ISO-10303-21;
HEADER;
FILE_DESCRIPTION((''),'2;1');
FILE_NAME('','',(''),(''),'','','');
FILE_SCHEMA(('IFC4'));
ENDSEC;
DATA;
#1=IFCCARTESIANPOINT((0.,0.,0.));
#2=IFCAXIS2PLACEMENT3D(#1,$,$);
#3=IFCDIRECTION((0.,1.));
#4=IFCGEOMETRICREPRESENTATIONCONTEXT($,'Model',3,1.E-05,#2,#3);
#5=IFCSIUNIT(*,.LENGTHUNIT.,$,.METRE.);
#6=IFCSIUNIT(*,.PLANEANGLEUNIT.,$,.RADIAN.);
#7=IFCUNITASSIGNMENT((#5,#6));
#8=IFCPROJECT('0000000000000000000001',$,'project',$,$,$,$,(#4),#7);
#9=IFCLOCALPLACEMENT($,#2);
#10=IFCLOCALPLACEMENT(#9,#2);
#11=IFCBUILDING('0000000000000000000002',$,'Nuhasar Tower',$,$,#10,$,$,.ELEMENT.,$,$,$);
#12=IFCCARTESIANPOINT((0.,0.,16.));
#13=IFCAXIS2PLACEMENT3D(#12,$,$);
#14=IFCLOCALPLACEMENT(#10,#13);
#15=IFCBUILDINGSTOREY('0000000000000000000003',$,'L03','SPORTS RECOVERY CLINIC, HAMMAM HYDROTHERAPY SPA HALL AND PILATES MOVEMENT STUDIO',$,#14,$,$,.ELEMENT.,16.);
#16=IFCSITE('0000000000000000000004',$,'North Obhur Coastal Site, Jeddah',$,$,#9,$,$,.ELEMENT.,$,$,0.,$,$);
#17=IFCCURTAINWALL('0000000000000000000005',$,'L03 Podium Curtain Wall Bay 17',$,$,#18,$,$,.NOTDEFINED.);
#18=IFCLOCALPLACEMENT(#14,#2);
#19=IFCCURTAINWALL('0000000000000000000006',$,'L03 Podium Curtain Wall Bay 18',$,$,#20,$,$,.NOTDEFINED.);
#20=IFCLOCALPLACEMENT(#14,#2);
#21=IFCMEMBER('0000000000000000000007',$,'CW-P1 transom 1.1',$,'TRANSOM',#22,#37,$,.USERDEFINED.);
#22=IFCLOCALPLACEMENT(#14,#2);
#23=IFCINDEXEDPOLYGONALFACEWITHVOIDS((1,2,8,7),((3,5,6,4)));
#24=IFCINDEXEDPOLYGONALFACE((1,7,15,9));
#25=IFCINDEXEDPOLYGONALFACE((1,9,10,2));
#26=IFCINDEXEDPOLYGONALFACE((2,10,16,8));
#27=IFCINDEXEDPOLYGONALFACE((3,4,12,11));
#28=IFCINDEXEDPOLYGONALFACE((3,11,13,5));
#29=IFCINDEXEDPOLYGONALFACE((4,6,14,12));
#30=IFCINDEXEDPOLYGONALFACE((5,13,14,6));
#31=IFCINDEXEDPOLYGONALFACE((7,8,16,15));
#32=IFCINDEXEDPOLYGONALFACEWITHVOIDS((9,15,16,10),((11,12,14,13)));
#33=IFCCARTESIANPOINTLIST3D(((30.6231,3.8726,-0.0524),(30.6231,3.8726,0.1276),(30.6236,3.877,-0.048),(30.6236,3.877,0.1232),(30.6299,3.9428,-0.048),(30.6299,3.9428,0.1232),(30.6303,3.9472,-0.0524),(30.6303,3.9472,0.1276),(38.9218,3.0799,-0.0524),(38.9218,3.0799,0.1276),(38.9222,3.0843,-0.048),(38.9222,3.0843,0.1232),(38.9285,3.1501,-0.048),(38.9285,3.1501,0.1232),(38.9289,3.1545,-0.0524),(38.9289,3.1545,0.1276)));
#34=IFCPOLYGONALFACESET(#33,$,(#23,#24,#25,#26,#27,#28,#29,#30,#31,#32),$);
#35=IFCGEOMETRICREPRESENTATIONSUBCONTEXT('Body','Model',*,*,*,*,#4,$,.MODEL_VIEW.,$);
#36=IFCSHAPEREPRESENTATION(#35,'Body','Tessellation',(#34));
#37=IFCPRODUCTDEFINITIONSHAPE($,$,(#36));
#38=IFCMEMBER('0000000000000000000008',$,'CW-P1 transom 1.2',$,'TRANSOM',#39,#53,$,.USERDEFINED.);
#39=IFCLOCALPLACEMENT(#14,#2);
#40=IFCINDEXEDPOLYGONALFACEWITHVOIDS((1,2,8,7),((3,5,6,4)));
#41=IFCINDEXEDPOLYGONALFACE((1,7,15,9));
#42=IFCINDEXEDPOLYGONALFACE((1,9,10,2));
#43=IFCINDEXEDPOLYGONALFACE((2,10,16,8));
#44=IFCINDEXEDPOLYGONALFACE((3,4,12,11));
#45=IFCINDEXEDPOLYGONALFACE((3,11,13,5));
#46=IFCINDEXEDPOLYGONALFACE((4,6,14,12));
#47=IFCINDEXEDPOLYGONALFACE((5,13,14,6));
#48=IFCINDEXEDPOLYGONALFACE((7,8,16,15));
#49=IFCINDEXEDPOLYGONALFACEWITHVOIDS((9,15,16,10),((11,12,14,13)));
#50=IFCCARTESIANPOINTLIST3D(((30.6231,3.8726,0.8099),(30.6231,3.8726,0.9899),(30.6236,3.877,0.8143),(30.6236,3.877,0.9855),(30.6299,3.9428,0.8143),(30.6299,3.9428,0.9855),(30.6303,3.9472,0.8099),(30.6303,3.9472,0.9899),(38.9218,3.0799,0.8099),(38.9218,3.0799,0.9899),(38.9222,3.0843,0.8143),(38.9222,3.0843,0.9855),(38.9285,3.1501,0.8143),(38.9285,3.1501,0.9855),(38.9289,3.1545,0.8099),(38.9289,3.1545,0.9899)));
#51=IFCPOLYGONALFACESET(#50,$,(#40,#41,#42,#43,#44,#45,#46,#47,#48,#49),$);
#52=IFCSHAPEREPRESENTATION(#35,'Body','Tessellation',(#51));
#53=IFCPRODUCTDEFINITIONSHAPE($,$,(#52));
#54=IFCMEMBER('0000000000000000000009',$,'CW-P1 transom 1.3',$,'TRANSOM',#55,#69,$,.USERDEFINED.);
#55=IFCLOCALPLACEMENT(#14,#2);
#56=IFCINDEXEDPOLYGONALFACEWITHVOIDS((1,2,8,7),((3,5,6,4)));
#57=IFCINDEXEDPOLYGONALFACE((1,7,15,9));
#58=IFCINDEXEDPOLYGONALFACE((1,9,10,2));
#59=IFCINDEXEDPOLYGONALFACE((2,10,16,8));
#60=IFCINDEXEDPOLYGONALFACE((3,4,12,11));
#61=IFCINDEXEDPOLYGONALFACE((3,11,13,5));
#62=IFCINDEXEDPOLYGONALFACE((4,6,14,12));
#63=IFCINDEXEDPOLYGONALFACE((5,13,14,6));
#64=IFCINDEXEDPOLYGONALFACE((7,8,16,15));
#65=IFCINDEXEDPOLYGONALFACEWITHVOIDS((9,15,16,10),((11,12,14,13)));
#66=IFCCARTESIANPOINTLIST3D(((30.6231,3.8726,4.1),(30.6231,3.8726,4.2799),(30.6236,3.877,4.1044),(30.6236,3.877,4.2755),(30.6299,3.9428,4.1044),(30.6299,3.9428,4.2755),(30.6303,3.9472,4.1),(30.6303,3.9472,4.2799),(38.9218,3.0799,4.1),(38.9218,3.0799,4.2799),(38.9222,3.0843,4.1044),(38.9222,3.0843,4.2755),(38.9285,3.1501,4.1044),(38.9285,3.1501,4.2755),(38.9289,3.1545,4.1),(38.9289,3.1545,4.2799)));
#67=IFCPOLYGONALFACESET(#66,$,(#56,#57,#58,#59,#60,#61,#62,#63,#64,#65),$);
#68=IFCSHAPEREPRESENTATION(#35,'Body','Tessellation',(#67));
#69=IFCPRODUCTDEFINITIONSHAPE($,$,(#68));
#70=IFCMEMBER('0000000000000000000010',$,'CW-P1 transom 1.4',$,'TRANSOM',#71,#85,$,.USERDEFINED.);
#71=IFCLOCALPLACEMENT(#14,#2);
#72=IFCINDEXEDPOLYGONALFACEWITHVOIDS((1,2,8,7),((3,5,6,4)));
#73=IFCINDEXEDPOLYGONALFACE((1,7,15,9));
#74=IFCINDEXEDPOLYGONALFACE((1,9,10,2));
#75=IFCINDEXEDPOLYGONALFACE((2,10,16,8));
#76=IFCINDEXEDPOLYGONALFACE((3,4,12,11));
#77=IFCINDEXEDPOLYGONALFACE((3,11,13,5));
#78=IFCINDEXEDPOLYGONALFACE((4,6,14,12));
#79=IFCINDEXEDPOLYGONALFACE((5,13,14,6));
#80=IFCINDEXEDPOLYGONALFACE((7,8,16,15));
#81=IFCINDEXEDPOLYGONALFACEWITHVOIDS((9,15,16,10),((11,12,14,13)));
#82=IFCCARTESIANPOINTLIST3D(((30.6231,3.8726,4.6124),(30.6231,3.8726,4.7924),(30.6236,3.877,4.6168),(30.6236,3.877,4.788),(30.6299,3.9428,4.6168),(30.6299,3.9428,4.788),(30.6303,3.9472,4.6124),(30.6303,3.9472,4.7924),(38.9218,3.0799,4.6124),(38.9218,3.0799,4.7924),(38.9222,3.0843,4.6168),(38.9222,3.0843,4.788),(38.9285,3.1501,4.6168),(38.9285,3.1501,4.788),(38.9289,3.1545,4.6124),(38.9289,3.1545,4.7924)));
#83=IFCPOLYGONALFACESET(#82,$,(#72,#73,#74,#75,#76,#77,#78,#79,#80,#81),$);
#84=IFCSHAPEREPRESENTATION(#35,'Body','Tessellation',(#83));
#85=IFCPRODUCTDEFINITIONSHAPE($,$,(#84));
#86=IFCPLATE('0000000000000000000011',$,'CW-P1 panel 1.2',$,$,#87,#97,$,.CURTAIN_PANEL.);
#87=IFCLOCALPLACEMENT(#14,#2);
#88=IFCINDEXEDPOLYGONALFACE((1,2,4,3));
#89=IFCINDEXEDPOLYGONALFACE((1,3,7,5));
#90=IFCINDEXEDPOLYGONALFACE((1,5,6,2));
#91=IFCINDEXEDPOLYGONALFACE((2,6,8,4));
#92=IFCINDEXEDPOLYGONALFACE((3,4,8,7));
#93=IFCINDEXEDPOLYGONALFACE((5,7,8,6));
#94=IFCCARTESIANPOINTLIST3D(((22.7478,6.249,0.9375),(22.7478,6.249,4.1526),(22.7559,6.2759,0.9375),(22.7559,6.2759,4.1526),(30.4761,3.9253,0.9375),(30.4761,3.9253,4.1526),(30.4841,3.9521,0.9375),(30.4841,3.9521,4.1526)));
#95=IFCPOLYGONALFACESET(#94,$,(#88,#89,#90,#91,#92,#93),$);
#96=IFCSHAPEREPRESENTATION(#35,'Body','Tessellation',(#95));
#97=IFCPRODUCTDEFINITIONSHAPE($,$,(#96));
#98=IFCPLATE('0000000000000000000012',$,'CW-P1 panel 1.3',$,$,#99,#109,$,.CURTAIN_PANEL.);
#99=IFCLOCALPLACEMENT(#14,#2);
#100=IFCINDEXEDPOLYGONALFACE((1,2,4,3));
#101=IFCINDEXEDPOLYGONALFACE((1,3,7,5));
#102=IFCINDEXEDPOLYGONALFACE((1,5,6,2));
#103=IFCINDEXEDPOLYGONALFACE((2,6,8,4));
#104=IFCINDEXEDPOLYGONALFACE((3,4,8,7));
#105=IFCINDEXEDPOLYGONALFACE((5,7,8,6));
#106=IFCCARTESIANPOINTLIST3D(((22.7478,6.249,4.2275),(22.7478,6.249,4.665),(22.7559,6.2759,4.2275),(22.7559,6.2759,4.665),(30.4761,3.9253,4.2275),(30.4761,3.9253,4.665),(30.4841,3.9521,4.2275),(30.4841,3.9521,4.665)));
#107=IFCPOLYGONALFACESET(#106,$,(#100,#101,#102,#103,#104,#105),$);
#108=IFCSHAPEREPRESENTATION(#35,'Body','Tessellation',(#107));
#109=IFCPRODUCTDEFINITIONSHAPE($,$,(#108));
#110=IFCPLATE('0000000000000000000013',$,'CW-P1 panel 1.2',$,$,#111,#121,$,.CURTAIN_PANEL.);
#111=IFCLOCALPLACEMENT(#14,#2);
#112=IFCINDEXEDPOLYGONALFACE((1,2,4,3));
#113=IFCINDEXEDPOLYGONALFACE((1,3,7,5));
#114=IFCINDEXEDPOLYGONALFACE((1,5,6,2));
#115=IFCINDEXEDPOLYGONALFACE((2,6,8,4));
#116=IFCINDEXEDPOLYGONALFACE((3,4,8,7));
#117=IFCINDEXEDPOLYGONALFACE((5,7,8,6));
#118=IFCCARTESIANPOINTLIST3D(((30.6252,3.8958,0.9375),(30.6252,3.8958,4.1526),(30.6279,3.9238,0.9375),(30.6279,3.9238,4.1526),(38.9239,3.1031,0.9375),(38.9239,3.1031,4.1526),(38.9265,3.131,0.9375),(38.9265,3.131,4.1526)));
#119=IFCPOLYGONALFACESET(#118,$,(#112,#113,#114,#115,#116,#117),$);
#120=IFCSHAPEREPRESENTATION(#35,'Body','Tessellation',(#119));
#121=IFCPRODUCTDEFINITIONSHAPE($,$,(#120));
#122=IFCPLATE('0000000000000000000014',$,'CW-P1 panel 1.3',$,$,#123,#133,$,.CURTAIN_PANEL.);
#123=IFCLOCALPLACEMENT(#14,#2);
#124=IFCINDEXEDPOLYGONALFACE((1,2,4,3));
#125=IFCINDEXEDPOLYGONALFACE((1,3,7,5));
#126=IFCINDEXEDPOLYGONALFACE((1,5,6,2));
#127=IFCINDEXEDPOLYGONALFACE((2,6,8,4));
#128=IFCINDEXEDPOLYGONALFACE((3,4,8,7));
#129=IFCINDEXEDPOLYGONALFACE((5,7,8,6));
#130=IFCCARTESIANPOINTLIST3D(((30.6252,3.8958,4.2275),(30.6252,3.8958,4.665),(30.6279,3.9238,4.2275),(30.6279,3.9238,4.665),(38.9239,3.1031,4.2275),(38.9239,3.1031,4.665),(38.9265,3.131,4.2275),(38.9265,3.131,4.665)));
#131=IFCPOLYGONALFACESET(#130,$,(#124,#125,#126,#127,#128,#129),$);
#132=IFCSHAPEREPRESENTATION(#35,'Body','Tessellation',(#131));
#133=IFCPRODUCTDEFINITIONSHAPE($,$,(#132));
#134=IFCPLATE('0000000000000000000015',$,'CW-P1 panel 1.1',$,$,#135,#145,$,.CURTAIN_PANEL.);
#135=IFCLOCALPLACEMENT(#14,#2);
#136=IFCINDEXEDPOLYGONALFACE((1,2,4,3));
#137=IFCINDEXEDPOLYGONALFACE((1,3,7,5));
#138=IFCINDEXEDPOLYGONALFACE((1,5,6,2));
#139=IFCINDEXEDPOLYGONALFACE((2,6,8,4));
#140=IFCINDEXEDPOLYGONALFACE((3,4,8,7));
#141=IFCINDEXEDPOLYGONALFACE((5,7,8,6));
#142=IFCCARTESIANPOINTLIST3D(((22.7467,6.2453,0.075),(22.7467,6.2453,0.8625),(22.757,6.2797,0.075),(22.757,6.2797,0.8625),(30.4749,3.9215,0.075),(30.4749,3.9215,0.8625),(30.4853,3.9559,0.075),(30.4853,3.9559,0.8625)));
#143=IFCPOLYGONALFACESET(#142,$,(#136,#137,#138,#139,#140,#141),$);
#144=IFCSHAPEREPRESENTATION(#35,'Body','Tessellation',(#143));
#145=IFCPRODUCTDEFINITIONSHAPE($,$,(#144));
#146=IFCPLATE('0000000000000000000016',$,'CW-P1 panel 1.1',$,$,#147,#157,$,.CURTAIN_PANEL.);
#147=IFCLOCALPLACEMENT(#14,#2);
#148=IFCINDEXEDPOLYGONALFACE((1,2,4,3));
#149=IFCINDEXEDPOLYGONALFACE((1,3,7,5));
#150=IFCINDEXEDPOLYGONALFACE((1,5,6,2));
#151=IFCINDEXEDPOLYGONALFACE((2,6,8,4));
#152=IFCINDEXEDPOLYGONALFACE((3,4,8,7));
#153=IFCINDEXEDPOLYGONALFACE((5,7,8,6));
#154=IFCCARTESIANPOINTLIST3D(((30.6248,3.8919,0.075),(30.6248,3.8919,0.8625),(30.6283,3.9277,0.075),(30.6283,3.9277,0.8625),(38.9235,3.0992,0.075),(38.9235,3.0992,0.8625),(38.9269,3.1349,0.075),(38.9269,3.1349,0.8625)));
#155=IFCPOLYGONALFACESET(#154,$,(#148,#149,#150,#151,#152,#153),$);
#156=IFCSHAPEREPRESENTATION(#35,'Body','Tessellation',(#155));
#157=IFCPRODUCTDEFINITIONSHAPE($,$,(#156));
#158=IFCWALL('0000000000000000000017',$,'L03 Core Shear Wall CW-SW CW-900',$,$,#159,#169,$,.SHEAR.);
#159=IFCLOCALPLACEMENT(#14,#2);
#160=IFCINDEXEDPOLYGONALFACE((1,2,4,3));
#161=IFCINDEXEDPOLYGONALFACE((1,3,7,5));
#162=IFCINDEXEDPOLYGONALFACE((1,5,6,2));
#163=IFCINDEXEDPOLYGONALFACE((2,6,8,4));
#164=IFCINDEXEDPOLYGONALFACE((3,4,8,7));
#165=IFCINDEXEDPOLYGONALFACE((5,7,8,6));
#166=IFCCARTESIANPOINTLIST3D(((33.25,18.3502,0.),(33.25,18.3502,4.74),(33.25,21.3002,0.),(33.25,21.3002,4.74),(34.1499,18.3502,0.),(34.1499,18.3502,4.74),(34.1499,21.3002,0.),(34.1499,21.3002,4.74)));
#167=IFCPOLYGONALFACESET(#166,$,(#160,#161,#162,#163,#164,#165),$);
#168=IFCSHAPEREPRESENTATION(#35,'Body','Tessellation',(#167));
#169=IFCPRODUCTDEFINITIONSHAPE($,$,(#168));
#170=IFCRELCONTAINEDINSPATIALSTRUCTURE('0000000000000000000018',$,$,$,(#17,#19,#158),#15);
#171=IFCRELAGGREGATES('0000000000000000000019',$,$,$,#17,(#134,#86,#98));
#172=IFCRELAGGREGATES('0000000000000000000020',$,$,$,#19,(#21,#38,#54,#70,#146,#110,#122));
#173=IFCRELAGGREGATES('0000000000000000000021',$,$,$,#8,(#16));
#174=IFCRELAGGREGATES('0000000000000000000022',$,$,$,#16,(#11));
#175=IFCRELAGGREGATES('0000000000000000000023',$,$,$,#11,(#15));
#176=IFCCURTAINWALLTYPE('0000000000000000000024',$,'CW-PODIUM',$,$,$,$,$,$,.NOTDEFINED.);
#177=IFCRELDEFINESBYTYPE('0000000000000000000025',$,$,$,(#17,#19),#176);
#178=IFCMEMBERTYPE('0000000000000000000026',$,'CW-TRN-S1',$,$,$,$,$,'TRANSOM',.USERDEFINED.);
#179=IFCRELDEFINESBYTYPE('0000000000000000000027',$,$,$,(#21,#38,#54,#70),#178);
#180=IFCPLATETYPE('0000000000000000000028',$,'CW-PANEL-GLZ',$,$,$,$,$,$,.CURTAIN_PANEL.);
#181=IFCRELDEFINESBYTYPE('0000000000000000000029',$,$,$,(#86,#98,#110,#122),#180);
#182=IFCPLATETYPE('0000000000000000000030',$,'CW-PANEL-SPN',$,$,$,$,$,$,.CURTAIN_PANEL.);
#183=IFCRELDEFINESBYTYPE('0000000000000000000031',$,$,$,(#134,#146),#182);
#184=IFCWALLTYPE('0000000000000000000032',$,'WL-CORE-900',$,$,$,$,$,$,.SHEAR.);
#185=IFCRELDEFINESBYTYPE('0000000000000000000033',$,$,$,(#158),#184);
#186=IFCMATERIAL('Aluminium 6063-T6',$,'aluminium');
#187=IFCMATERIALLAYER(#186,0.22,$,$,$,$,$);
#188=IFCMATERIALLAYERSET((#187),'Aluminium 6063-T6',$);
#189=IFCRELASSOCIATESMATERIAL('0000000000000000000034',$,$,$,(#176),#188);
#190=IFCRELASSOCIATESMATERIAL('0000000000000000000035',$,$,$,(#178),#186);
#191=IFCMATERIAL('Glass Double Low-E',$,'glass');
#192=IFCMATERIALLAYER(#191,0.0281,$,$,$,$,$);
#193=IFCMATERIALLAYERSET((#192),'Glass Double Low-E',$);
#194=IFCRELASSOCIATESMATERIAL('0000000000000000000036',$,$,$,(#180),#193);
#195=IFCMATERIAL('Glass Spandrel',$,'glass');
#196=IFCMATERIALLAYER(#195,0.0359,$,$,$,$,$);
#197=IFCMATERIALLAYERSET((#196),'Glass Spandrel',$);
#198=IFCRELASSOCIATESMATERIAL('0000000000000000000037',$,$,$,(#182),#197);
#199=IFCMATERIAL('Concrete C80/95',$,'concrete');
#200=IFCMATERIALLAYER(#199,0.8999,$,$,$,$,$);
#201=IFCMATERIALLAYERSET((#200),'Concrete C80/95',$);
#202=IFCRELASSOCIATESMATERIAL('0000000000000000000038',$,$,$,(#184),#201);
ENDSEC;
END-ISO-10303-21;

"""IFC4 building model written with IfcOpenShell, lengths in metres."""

from ifc_helpers import new_model, si_unit, direction, frame, frame_2d, origin, origin_2d, place, context, subcontext, project, spatial, rectangle, hollow_rectangle, extrude, material, layer, layer_set, material_profile, profile_set, type_object, element, aggregate, save


model = new_model("IFC4")

# Units and contexts
model_context = context("Model", 3, precision=1e-05, world=origin(), true_north=direction((0.0, 1.0)))
body_context = subcontext(model_context, "Body", "Model", "MODEL_VIEW")
ifc_project = project(units=[si_unit("LENGTHUNIT", "METRE"), si_unit("PLANEANGLEUNIT", "RADIAN")], contexts=[model_context])

# Site, building, storey
site_placement = place(None, origin())
site = spatial("IfcSite", under=ifc_project, at=site_placement, Name="North Obhur Coastal Site, Jeddah", CompositionType="ELEMENT", RefElevation=0.0)
building_placement = place(site_placement, origin())
building = spatial("IfcBuilding", under=site, at=building_placement, Name="Nuhasar Tower", CompositionType="ELEMENT")
storey_placement = place(building_placement, frame((0.0, 0.0, 16.0)))
storey = spatial("IfcBuildingStorey", under=building, at=storey_placement, Name="L03", Description="SPORTS RECOVERY CLINIC, HAMMAM HYDROTHERAPY SPA HALL AND PILATES MOVEMENT STUDIO", CompositionType="ELEMENT", Elevation=16.0)

# Curtain wall
ifc_material_1 = material(Name="Aluminium 6063-T6", Category="aluminium")
ifc_layer_1 = layer(ifc_material_1, 0.22)
ifc_layer_set_1 = layer_set([ifc_layer_1], Name="Aluminium 6063-T6")
curtain_wall_type = type_object("IfcCurtainWallType", Name="CW-PODIUM", PredefinedType="NOTDEFINED", material=ifc_layer_set_1)
curtain_wall_1_placement = place(storey_placement, origin())
curtain_wall_1 = element("IfcCurtainWall", 1, at=curtain_wall_1_placement, inside=storey, type_object=curtain_wall_type, Name="L03 Podium Curtain Wall Bay 17", PredefinedType="NOTDEFINED")

# Curtain wall, members
curtain_wall_2_placement = place(storey_placement, origin())
curtain_wall_2 = element("IfcCurtainWall", 2, at=curtain_wall_2_placement, inside=storey, type_object=curtain_wall_type, Name="L03 Podium Curtain Wall Bay 18", PredefinedType="NOTDEFINED")
ifc_material_profile_1 = material_profile(ifc_material_1, hollow_rectangle(XDim=0.075, YDim=0.1799, WallThickness=0.0044, at=origin_2d()), Name="CWT-1")
ifc_profile_set_1 = profile_set([ifc_material_profile_1], Name="Aluminium 6063-T6")
member_type_1 = type_object("IfcMemberType", Name="CW-TRN-S1", ElementType="TRANSOM", PredefinedType="USERDEFINED", material=ifc_profile_set_1)
member_1_placement = place(storey_placement, frame((30.6267, 3.9099, 0.0376), z_axis=(0.995468, -0.095092, 0.0), x_axis=(0.095092, 0.995468, 0.0)))
member_1 = element("IfcMember", 3, at=member_1_placement, type_object=member_type_1, Name="CW-P1 transom 1.1", ObjectType="TRANSOM", PredefinedType="USERDEFINED", context=body_context, shape_type="SweptSolid", body=[
    extrude(hollow_rectangle(XDim=0.075, YDim=0.1799, WallThickness=0.0044, at=origin_2d()), origin(), (0.0, 0.0, 1.0), 8.3364),
])
member_2_placement = place(storey_placement, frame((30.6267, 3.9099, 0.8999), z_axis=(0.995468, -0.095092, 0.0), x_axis=(0.095092, 0.995468, 0.0)))
member_2 = element("IfcMember", 4, at=member_2_placement, type_object=member_type_1, Name="CW-P1 transom 1.2", ObjectType="TRANSOM", PredefinedType="USERDEFINED", context=body_context, shape_type="SweptSolid", body=[
    extrude(hollow_rectangle(XDim=0.075, YDim=0.1799, WallThickness=0.0044, at=origin_2d()), origin(), (0.0, 0.0, 1.0), 8.3364),
])
member_3_placement = place(storey_placement, frame((30.6267, 3.9099, 4.1899), z_axis=(0.995468, -0.095092, 0.0), x_axis=(0.095092, 0.995468, 0.0)))
member_3 = element("IfcMember", 5, at=member_3_placement, type_object=member_type_1, Name="CW-P1 transom 1.3", ObjectType="TRANSOM", PredefinedType="USERDEFINED", context=body_context, shape_type="SweptSolid", body=[
    extrude(hollow_rectangle(XDim=0.075, YDim=0.1799, WallThickness=0.0044, at=origin_2d()), origin(), (0.0, 0.0, 1.0), 8.3364),
])
member_4_placement = place(storey_placement, frame((30.6267, 3.9099, 4.7024), z_axis=(0.995468, -0.095092, 0.0), x_axis=(0.095092, 0.995468, 0.0)))
member_4 = element("IfcMember", 6, at=member_4_placement, type_object=member_type_1, Name="CW-P1 transom 1.4", ObjectType="TRANSOM", PredefinedType="USERDEFINED", context=body_context, shape_type="SweptSolid", body=[
    extrude(hollow_rectangle(XDim=0.075, YDim=0.1799, WallThickness=0.0044, at=origin_2d()), origin(), (0.0, 0.0, 1.0), 8.3364),
])

# Plates
ifc_material_2 = material(Name="Glass Double Low-E", Category="glass")
ifc_layer_2 = layer(ifc_material_2, 0.0281)
ifc_layer_set_2 = layer_set([ifc_layer_2], Name="Glass Double Low-E")
plate_type_1 = type_object("IfcPlateType", Name="CW-PANEL-GLZ", PredefinedType="CURTAIN_PANEL", material=ifc_layer_set_2)
plate_1_placement = place(storey_placement, frame((26.616, 5.1006, 0.9375), z_axis=(0.0, 0.0, 1.0), x_axis=(0.957645, -0.287951, 0.0)))
plate_1 = element("IfcPlate", 7, at=plate_1_placement, type_object=plate_type_1, Name="CW-P1 panel 1.2", PredefinedType="CURTAIN_PANEL", context=body_context, shape_type="SweptSolid", body=[
    extrude(rectangle(XDim=8.0701, YDim=0.0281, at=origin_2d()), origin(), (0.0, 0.0, 1.0), 3.2151),
])
plate_2_placement = place(storey_placement, frame((26.616, 5.1006, 4.2275), z_axis=(0.0, 0.0, 1.0), x_axis=(0.957645, -0.287951, 0.0)))
plate_2 = element("IfcPlate", 8, at=plate_2_placement, type_object=plate_type_1, Name="CW-P1 panel 1.3", PredefinedType="CURTAIN_PANEL", context=body_context, shape_type="SweptSolid", body=[
    extrude(rectangle(XDim=8.0701, YDim=0.0281, at=origin_2d()), origin(), (0.0, 0.0, 1.0), 0.4375),
])
plate_3_placement = place(storey_placement, frame((34.7759, 3.5134, 0.9375), z_axis=(0.0, 0.0, 1.0), x_axis=(0.995468, -0.095093, 0.0)))
plate_3 = element("IfcPlate", 9, at=plate_3_placement, type_object=plate_type_1, Name="CW-P1 panel 1.2", PredefinedType="CURTAIN_PANEL", context=body_context, shape_type="SweptSolid", body=[
    extrude(rectangle(XDim=8.3364, YDim=0.0281, at=origin_2d()), origin(), (0.0, 0.0, 1.0), 3.2151),
])
plate_4_placement = place(storey_placement, frame((34.7759, 3.5134, 4.2275), z_axis=(0.0, 0.0, 1.0), x_axis=(0.995468, -0.095093, 0.0)))
plate_4 = element("IfcPlate", 10, at=plate_4_placement, type_object=plate_type_1, Name="CW-P1 panel 1.3", PredefinedType="CURTAIN_PANEL", context=body_context, shape_type="SweptSolid", body=[
    extrude(rectangle(XDim=8.3364, YDim=0.0281, at=origin_2d()), origin(), (0.0, 0.0, 1.0), 0.4375),
])
ifc_material_3 = material(Name="Glass Spandrel", Category="glass")
ifc_layer_3 = layer(ifc_material_3, 0.0359)
ifc_layer_set_3 = layer_set([ifc_layer_3], Name="Glass Spandrel")
plate_type_2 = type_object("IfcPlateType", Name="CW-PANEL-SPN", PredefinedType="CURTAIN_PANEL", material=ifc_layer_set_3)
plate_5_placement = place(storey_placement, frame((26.616, 5.1006, 0.075), z_axis=(0.0, 0.0, 1.0), x_axis=(0.957645, -0.287951, 0.0)))
plate_5 = element("IfcPlate", 11, at=plate_5_placement, type_object=plate_type_2, Name="CW-P1 panel 1.1", PredefinedType="CURTAIN_PANEL", context=body_context, shape_type="SweptSolid", body=[
    extrude(rectangle(XDim=8.0701, YDim=0.0359, at=origin_2d()), origin(), (0.0, 0.0, 1.0), 0.7876),
])
aggregate(curtain_wall_1, [plate_5, plate_1, plate_2])
plate_6_placement = place(storey_placement, frame((34.7759, 3.5134, 0.075), z_axis=(0.0, 0.0, 1.0), x_axis=(0.995468, -0.095093, 0.0)))
plate_6 = element("IfcPlate", 12, at=plate_6_placement, type_object=plate_type_2, Name="CW-P1 panel 1.1", PredefinedType="CURTAIN_PANEL", context=body_context, shape_type="SweptSolid", body=[
    extrude(rectangle(XDim=8.3364, YDim=0.0359, at=origin_2d()), origin(), (0.0, 0.0, 1.0), 0.7876),
])
aggregate(curtain_wall_2, [member_1, member_2, member_3, member_4, plate_6, plate_3, plate_4])

# Wall
ifc_material_4 = material(Name="Concrete C80/95", Category="concrete")
ifc_layer_4 = layer(ifc_material_4, 0.8999)
ifc_layer_set_4 = layer_set([ifc_layer_4], Name="Concrete C80/95")
wall_type_1 = type_object("IfcWallType", Name="WL-CORE-900", PredefinedType="SHEAR", material=ifc_layer_set_4)
wall_1_placement = place(storey_placement, frame((33.7, 18.3501, 0.0), z_axis=(0.0, 0.0, 1.0), x_axis=(0.0, 1.0, 0.0)))
element("IfcWall", 13, at=wall_1_placement, inside=storey, type_object=wall_type_1, Name="L03 Core Shear Wall CW-SW CW-900", PredefinedType="SHEAR", context=body_context, shape_type="SweptSolid", body=[
    extrude(rectangle(XDim=2.95, YDim=0.8999, at=frame_2d((1.4751, 0.0))), origin(), (0.0, 0.0, 1.0), 4.74),
])

save(model, "model.ifc")
